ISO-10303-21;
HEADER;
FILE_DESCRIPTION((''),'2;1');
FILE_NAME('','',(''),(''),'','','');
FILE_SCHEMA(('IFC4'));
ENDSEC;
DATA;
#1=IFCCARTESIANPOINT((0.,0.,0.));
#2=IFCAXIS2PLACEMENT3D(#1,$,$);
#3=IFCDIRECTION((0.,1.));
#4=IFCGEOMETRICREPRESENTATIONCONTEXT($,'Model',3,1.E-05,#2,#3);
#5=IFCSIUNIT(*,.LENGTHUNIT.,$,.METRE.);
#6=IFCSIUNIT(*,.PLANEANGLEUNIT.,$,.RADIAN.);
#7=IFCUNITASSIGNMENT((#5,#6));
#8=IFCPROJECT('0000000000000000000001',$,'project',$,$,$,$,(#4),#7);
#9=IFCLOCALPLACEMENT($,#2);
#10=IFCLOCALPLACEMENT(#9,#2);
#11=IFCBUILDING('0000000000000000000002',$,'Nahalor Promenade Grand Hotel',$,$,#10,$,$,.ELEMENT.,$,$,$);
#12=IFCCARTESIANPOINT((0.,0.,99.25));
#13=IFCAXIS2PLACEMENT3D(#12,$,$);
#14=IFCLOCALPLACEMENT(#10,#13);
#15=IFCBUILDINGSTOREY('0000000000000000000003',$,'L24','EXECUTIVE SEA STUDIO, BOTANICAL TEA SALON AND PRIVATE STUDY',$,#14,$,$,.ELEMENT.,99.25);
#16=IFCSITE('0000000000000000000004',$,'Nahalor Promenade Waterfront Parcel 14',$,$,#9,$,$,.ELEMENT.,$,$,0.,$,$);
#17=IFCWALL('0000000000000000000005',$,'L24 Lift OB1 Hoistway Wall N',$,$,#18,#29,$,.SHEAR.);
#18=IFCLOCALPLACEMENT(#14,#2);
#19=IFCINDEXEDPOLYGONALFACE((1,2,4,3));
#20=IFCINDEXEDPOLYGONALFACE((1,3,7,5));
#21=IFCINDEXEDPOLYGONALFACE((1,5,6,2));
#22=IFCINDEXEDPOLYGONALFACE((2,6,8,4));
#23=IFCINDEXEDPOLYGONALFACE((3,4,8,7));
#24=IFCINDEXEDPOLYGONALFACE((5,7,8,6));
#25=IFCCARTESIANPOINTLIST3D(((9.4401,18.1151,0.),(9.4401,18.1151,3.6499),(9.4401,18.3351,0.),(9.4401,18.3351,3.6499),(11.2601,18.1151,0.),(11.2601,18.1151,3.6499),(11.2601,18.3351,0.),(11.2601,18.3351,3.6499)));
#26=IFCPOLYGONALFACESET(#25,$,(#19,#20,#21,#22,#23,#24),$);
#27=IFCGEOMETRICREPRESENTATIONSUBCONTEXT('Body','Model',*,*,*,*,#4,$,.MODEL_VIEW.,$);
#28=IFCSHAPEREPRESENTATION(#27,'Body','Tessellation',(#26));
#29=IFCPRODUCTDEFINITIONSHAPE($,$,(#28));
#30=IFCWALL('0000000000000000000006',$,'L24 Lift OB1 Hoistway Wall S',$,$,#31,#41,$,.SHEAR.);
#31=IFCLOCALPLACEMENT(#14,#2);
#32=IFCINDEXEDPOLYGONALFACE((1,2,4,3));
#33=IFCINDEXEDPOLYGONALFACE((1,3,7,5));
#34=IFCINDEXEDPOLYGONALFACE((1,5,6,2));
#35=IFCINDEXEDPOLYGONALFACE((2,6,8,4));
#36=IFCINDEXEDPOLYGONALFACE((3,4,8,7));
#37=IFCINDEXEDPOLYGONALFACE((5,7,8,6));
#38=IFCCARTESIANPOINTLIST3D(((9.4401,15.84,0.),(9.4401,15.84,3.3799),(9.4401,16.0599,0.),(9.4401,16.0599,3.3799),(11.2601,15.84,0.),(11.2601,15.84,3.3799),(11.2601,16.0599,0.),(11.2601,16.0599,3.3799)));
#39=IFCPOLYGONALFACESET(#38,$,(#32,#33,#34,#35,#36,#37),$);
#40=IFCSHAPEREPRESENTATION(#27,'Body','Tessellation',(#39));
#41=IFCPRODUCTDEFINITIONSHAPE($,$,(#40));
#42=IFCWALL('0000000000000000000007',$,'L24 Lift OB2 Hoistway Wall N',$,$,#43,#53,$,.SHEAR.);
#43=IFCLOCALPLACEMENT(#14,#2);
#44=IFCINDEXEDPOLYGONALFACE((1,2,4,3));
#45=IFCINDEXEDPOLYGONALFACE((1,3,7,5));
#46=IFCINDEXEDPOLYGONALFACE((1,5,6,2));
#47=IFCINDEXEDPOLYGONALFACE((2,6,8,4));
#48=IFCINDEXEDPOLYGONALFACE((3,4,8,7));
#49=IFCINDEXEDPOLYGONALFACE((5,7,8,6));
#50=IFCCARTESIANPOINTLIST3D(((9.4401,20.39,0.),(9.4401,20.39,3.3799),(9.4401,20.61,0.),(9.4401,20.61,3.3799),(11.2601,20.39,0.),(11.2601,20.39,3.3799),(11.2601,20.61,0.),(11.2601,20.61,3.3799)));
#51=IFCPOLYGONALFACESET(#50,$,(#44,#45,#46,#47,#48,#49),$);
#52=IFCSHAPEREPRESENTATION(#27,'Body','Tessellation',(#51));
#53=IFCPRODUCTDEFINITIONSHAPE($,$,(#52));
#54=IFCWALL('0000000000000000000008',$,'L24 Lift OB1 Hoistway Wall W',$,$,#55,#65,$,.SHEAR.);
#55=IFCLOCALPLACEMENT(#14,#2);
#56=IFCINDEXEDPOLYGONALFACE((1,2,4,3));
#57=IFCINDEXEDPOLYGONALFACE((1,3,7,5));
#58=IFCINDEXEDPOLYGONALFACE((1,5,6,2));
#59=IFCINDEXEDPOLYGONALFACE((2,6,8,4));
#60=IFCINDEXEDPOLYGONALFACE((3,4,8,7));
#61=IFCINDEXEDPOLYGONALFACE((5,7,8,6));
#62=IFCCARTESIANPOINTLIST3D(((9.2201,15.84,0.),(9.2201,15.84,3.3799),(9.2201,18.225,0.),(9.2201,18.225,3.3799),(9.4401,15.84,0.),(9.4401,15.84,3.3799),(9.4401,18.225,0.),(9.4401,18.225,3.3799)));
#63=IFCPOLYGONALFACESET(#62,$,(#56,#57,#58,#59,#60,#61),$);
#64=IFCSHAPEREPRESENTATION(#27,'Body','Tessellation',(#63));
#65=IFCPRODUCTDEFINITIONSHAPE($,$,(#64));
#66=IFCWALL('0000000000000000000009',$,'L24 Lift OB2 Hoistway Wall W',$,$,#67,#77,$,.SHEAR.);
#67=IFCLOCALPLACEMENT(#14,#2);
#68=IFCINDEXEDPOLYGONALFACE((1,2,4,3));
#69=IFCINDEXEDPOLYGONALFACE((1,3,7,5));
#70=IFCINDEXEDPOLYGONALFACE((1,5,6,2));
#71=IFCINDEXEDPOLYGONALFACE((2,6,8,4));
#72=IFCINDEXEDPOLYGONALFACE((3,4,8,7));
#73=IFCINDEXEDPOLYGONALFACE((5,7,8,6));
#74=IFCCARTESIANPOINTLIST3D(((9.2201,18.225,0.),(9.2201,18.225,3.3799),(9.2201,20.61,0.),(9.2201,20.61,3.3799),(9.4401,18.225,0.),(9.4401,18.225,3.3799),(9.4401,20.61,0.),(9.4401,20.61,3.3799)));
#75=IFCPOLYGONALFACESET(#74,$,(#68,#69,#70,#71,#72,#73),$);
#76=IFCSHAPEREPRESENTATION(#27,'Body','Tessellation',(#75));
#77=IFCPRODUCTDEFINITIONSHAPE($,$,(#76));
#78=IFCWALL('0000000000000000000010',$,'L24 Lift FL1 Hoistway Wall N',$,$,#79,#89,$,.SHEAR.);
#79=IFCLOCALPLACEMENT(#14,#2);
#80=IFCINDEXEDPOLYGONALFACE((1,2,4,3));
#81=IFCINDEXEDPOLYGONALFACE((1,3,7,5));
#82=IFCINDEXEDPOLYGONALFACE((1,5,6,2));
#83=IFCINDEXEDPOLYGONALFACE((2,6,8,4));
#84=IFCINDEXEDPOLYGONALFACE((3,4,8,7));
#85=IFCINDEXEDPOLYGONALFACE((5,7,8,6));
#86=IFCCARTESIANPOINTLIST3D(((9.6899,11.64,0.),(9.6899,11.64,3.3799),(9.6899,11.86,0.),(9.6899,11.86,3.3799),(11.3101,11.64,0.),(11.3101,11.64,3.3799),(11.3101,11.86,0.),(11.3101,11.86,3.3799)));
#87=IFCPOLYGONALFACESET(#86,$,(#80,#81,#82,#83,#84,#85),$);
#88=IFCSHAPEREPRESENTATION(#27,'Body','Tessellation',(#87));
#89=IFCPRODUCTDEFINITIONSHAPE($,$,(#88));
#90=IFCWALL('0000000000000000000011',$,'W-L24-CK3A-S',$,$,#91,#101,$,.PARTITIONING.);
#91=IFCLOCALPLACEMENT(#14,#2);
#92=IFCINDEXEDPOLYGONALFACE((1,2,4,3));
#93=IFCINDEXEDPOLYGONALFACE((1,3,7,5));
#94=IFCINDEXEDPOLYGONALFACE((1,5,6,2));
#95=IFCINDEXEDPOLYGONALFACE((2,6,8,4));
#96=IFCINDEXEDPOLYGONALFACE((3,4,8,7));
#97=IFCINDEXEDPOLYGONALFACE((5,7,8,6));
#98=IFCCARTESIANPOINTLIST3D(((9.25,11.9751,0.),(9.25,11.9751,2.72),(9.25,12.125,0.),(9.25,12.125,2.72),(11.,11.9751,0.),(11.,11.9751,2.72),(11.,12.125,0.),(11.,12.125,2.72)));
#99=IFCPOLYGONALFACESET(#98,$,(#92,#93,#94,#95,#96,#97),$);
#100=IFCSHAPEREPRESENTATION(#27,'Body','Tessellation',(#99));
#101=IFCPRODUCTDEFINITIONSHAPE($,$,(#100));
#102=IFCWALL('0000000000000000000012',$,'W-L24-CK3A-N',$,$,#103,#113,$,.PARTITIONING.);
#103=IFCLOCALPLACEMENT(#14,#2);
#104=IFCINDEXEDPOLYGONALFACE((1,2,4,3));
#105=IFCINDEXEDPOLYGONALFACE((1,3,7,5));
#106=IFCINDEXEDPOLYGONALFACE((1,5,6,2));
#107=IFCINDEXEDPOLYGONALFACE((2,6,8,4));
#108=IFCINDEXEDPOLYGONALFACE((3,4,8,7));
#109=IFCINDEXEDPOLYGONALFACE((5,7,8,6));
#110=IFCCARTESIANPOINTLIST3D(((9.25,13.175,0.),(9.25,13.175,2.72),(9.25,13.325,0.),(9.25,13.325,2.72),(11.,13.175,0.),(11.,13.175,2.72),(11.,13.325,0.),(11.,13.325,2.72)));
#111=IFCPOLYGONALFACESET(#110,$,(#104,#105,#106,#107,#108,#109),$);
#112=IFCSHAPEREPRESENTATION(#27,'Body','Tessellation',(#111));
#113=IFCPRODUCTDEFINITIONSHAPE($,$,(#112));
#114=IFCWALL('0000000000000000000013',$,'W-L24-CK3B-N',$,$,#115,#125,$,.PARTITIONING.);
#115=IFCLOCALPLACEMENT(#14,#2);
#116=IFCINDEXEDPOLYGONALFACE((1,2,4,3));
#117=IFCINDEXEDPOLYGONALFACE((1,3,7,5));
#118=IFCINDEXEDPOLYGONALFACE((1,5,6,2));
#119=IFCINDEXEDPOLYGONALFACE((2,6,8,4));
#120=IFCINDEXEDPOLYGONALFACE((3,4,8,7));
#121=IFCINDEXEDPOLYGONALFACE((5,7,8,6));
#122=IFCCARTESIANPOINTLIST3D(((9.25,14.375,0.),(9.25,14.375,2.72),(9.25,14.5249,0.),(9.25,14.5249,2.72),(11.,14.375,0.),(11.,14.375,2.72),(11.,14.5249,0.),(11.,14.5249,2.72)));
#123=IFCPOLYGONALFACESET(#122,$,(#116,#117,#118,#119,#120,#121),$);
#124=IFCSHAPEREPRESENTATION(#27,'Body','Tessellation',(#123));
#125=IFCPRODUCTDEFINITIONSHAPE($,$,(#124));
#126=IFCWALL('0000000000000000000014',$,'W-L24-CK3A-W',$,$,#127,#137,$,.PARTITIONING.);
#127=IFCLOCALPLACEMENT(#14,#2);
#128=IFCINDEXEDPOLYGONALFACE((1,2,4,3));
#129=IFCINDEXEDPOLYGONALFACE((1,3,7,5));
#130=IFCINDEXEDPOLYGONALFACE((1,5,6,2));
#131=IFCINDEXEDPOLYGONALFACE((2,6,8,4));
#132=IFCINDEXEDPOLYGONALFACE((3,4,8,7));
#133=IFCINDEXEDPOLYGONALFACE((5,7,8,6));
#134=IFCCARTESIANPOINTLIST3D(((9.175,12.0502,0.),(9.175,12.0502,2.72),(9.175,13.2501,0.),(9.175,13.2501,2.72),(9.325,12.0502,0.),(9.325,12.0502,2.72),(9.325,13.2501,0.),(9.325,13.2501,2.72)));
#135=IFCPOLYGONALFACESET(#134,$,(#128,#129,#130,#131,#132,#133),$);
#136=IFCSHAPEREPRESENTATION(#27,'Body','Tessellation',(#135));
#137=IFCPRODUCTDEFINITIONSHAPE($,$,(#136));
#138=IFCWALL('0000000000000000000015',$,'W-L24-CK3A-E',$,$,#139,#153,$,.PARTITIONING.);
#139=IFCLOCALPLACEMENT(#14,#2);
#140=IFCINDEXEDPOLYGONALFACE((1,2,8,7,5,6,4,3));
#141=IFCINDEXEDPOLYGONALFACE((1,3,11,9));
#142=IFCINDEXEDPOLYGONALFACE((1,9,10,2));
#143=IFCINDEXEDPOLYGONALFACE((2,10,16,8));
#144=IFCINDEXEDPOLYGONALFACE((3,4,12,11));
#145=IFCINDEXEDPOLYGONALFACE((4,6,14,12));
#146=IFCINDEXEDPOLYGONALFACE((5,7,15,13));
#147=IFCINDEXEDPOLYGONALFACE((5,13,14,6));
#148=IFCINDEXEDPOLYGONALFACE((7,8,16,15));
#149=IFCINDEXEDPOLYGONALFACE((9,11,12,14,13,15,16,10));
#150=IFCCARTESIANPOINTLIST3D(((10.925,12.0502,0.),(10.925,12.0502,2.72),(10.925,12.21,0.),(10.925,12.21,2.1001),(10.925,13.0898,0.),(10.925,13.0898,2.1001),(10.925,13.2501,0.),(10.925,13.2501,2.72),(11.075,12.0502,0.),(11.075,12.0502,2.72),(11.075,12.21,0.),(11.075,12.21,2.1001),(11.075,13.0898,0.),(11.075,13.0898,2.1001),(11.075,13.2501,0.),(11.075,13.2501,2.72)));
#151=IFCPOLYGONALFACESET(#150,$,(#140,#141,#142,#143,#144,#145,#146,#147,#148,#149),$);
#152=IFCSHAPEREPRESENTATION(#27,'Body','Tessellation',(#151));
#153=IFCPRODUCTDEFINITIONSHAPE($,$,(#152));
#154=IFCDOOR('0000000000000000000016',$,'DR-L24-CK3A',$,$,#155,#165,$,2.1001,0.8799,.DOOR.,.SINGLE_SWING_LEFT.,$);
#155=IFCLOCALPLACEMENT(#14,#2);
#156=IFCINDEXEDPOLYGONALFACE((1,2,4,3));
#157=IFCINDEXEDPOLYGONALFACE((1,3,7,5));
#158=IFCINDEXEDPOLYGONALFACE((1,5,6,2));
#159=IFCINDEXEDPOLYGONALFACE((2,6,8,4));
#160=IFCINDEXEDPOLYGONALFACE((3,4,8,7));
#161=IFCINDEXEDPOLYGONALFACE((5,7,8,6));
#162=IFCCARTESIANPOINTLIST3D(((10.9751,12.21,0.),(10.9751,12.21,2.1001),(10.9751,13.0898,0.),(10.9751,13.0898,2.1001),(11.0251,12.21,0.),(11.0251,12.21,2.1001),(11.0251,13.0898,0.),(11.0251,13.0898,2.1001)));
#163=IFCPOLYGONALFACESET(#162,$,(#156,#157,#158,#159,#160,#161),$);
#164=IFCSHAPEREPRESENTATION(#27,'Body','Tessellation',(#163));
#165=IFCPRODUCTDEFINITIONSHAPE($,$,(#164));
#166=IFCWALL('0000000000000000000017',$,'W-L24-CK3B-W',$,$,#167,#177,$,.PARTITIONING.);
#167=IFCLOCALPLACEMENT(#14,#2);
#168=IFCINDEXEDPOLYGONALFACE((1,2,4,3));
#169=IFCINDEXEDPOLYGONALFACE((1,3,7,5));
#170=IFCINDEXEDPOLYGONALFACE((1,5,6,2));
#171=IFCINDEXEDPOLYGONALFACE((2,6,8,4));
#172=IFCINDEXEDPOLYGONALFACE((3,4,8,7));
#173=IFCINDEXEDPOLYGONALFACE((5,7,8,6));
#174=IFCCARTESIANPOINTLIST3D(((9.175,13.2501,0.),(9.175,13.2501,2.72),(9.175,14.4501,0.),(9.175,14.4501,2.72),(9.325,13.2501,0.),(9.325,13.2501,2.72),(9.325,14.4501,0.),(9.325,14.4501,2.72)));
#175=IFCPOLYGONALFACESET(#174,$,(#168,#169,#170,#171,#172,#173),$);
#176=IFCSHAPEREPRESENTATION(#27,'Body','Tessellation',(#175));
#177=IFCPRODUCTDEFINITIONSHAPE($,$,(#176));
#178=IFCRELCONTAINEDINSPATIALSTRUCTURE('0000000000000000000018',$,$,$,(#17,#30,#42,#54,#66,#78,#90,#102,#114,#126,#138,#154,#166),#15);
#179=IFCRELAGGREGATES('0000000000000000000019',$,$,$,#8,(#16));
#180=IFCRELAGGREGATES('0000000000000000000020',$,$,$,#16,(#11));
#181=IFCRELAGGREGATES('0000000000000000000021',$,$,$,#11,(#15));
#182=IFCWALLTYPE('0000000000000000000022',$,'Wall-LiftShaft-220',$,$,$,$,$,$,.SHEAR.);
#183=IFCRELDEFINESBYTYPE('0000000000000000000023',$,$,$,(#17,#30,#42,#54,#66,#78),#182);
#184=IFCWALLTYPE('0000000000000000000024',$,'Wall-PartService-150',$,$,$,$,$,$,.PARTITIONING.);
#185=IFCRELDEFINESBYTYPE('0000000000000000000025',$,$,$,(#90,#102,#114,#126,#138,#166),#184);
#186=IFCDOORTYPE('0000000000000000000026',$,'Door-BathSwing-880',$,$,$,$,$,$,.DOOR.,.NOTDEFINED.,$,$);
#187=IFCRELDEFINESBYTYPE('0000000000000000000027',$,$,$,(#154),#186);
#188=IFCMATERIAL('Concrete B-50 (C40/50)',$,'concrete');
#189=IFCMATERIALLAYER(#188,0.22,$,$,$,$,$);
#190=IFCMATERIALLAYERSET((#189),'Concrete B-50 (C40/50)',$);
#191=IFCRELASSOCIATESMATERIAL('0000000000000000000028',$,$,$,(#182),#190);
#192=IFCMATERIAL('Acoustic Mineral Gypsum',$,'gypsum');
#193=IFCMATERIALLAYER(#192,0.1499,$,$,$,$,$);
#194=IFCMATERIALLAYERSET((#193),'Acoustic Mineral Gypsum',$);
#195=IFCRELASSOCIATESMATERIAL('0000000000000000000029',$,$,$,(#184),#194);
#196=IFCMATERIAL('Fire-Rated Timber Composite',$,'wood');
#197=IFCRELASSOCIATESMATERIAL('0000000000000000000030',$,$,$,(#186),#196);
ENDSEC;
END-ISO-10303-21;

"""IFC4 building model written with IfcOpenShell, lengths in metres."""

from ifc_helpers import new_model, si_unit, direction, frame, frame_2d, origin, place, context, subcontext, project, spatial, rectangle, extrude, source, transform, mapped, material, layer, layer_set, type_object, element, fill, save


model = new_model("IFC4")

# Units and contexts
model_context = context("Model", 3, precision=1e-05, world=origin(), true_north=direction((0.0, 1.0)))
body_context = subcontext(model_context, "Body", "Model", "MODEL_VIEW")
ifc_project = project(units=[si_unit("LENGTHUNIT", "METRE"), si_unit("PLANEANGLEUNIT", "RADIAN")], contexts=[model_context])

# Site, building, storey
site_placement = place(None, origin())
site = spatial("IfcSite", under=ifc_project, at=site_placement, Name="Nahalor Promenade Waterfront Parcel 14", CompositionType="ELEMENT", RefElevation=0.0)
building_placement = place(site_placement, origin())
building = spatial("IfcBuilding", under=site, at=building_placement, Name="Nahalor Promenade Grand Hotel", CompositionType="ELEMENT")
storey_placement = place(building_placement, frame((0.0, 0.0, 99.25)))
storey = spatial("IfcBuildingStorey", under=building, at=storey_placement, Name="L24", Description="EXECUTIVE SEA STUDIO, BOTANICAL TEA SALON AND PRIVATE STUDY", CompositionType="ELEMENT", Elevation=99.25)

# Walls
ifc_material_1 = material(Name="Concrete B-50 (C40/50)", Category="concrete")
ifc_layer_1 = layer(ifc_material_1, 0.22)
ifc_layer_set_1 = layer_set([ifc_layer_1], Name="Concrete B-50 (C40/50)")
wall_type_1 = type_object("IfcWallType", Name="Wall-LiftShaft-220", PredefinedType="SHEAR", material=ifc_layer_set_1)
shared_shape_1 = source(origin(), body_context, "Body", "SweptSolid", [
    extrude(rectangle(XDim=1.8201, YDim=0.22, at=frame_2d((0.9102, 0.0))), origin(), (0.0, 0.0, 1.0), 3.6499),
])
wall_1_placement = place(storey_placement, frame((9.4399, 18.2251, 0.0), z_axis=(0.0, 0.0, 1.0), x_axis=(1.0, 0.0, 0.0)))
element("IfcWall", 1, at=wall_1_placement, inside=storey, type_object=wall_type_1, Name="L24 Lift OB1 Hoistway Wall N", PredefinedType="SHEAR", context=body_context, shape_type="MappedRepresentation", body=[
    mapped(shared_shape_1, transform((0.0, 0.0, 0.0), scale=1.0)),
])
shared_shape_2 = source(origin(), body_context, "Body", "SweptSolid", [
    extrude(rectangle(XDim=1.8201, YDim=0.22, at=frame_2d((0.9102, 0.0))), origin(), (0.0, 0.0, 1.0), 3.3799),
])
for number, where, z_axis, x_axis, name in (
    (2, (9.4399, 15.95, 0.0), (0.0, 0.0, 1.0), (1.0, 0.0, 0.0), "L24 Lift OB1 Hoistway Wall S"),
    (3, (9.4399, 20.5, 0.0), (0.0, 0.0, 1.0), (1.0, 0.0, 0.0), "L24 Lift OB2 Hoistway Wall N"),
):
    element("IfcWall", number, at=place(storey_placement, frame(where, z_axis=z_axis, x_axis=x_axis)), inside=storey, type_object=wall_type_1, Name=name, PredefinedType="SHEAR", context=body_context, shape_type="MappedRepresentation", body=[
        mapped(shared_shape_2, transform((0.0, 0.0, 0.0), scale=1.0)),
    ])
shared_shape_3 = source(origin(), body_context, "Body", "SweptSolid", [
    extrude(rectangle(XDim=2.385, YDim=0.22, at=frame_2d((1.1924, 0.0))), origin(), (0.0, 0.0, 1.0), 3.3799),
])
for number, where, z_axis, x_axis, name in (
    (4, (9.3301, 15.8401, 0.0), (0.0, 0.0, 1.0), (0.0, 1.0, 0.0), "L24 Lift OB1 Hoistway Wall W"),
    (5, (9.3301, 18.2251, 0.0), (0.0, 0.0, 1.0), (0.0, 1.0, 0.0), "L24 Lift OB2 Hoistway Wall W"),
):
    element("IfcWall", number, at=place(storey_placement, frame(where, z_axis=z_axis, x_axis=x_axis)), inside=storey, type_object=wall_type_1, Name=name, PredefinedType="SHEAR", context=body_context, shape_type="MappedRepresentation", body=[
        mapped(shared_shape_3, transform((0.0, 0.0, 0.0), scale=1.0)),
    ])
shared_shape_4 = source(origin(), body_context, "Body", "SweptSolid", [
    extrude(rectangle(XDim=1.6201, YDim=0.22, at=frame_2d((0.8101, 0.0))), origin(), (0.0, 0.0, 1.0), 3.3799),
])
wall_2_placement = place(storey_placement, frame((9.6899, 11.75, 0.0), z_axis=(0.0, 0.0, 1.0), x_axis=(1.0, 0.0, 0.0)))
element("IfcWall", 6, at=wall_2_placement, inside=storey, type_object=wall_type_1, Name="L24 Lift FL1 Hoistway Wall N", PredefinedType="SHEAR", context=body_context, shape_type="MappedRepresentation", body=[
    mapped(shared_shape_4, transform((0.0, 0.0, 0.0), scale=1.0)),
])
ifc_material_2 = material(Name="Acoustic Mineral Gypsum", Category="gypsum")
ifc_layer_2 = layer(ifc_material_2, 0.1499)
ifc_layer_set_2 = layer_set([ifc_layer_2], Name="Acoustic Mineral Gypsum")
wall_type_2 = type_object("IfcWallType", Name="Wall-PartService-150", PredefinedType="PARTITIONING", material=ifc_layer_set_2)
shared_shape_5 = source(origin(), body_context, "Body", "SweptSolid", [
    extrude(rectangle(XDim=1.75, YDim=0.1499, at=frame_2d((0.875, 0.0))), origin(), (0.0, 0.0, 1.0), 2.72),
])
for number, where, z_axis, x_axis, name in (
    (7, (9.25, 12.05, 0.0), (0.0, 0.0, 1.0), (1.0, 0.0, 0.0), "W-L24-CK3A-S"),
    (8, (9.25, 13.25, 0.0), (0.0, 0.0, 1.0), (1.0, 0.0, 0.0), "W-L24-CK3A-N"),
    (9, (9.25, 14.45, 0.0), (0.0, 0.0, 1.0), (1.0, 0.0, 0.0), "W-L24-CK3B-N"),
):
    element("IfcWall", number, at=place(storey_placement, frame(where, z_axis=z_axis, x_axis=x_axis)), inside=storey, type_object=wall_type_2, Name=name, PredefinedType="PARTITIONING", context=body_context, shape_type="MappedRepresentation", body=[
        mapped(shared_shape_5, transform((0.0, 0.0, 0.0), scale=1.0)),
    ])
shared_shape_6 = source(origin(), body_context, "Body", "SweptSolid", [
    extrude(rectangle(XDim=1.2, YDim=0.1499, at=frame_2d((0.6001, 0.0))), origin(), (0.0, 0.0, 1.0), 2.72),
])
wall_3_placement = place(storey_placement, frame((9.25, 12.05, 0.0), z_axis=(0.0, 0.0, 1.0), x_axis=(0.0, 1.0, 0.0)))
element("IfcWall", 10, at=wall_3_placement, inside=storey, type_object=wall_type_2, Name="W-L24-CK3A-W", PredefinedType="PARTITIONING", context=body_context, shape_type="MappedRepresentation", body=[
    mapped(shared_shape_6, transform((0.0, 0.0, 0.0), scale=1.0)),
])

# Wall, opening, door
wall_4_placement = place(storey_placement, frame((11.0, 12.05, 0.0), z_axis=(0.0, 0.0, 1.0), x_axis=(0.0, 1.0, 0.0)))
wall_4 = element("IfcWall", 11, at=wall_4_placement, inside=storey, type_object=wall_type_2, Name="W-L24-CK3A-E", PredefinedType="PARTITIONING", context=body_context, shape_type="MappedRepresentation", body=[
    mapped(shared_shape_6, transform((0.0, 0.0, 0.0), scale=1.0)),
])
opening_1_placement = place(wall_4_placement, frame((0.1599, 0.0, 0.0)))
opening_1 = element("IfcOpeningElement", 12, at=opening_1_placement, cuts=wall_4, PredefinedType="OPENING", context=body_context, shape_type="SweptSolid", body=[
    extrude(rectangle(XDim=0.8799, YDim=2.1001, at=frame_2d((0.4399, 1.05))), frame((0.0, 0.085, 0.0), z_axis=(0.0, -1.0, 0.0), x_axis=(1.0, 0.0, 0.0)), (0.0, 0.0, 1.0), 0.1699),
])
ifc_material_3 = material(Name="Fire-Rated Timber Composite", Category="wood")
door_type = type_object("IfcDoorType", Name="Door-BathSwing-880", OperationType="NOTDEFINED", PredefinedType="DOOR", material=ifc_material_3)
shared_shape_7 = source(origin(), body_context, "Body", "SweptSolid", [
    extrude(rectangle(XDim=0.8799, YDim=2.1001, at=frame_2d((0.4399, 1.05))), frame((0.0, 0.0249, 0.0), z_axis=(0.0, -1.0, 0.0), x_axis=(1.0, 0.0, 0.0)), (0.0, 0.0, 1.0), 0.05),
])
door_1_placement = place(opening_1_placement, origin())
door_1 = element("IfcDoor", 13, at=door_1_placement, inside=storey, type_object=door_type, Name="DR-L24-CK3A", OperationType="SINGLE_SWING_LEFT", OverallHeight=2.1001, OverallWidth=0.8799, PredefinedType="DOOR", context=body_context, shape_type="MappedRepresentation", body=[
    mapped(shared_shape_7, transform((0.0, 0.0, 0.0), scale=1.0)),
])
fill(opening_1, door_1)

# Wall
wall_5_placement = place(storey_placement, frame((9.25, 13.25, 0.0), z_axis=(0.0, 0.0, 1.0), x_axis=(0.0, 1.0, 0.0)))
element("IfcWall", 14, at=wall_5_placement, inside=storey, type_object=wall_type_2, Name="W-L24-CK3B-W", PredefinedType="PARTITIONING", context=body_context, shape_type="MappedRepresentation", body=[
    mapped(shared_shape_6, transform((0.0, 0.0, 0.0), scale=1.0)),
])

save(model, "model.ifc")
